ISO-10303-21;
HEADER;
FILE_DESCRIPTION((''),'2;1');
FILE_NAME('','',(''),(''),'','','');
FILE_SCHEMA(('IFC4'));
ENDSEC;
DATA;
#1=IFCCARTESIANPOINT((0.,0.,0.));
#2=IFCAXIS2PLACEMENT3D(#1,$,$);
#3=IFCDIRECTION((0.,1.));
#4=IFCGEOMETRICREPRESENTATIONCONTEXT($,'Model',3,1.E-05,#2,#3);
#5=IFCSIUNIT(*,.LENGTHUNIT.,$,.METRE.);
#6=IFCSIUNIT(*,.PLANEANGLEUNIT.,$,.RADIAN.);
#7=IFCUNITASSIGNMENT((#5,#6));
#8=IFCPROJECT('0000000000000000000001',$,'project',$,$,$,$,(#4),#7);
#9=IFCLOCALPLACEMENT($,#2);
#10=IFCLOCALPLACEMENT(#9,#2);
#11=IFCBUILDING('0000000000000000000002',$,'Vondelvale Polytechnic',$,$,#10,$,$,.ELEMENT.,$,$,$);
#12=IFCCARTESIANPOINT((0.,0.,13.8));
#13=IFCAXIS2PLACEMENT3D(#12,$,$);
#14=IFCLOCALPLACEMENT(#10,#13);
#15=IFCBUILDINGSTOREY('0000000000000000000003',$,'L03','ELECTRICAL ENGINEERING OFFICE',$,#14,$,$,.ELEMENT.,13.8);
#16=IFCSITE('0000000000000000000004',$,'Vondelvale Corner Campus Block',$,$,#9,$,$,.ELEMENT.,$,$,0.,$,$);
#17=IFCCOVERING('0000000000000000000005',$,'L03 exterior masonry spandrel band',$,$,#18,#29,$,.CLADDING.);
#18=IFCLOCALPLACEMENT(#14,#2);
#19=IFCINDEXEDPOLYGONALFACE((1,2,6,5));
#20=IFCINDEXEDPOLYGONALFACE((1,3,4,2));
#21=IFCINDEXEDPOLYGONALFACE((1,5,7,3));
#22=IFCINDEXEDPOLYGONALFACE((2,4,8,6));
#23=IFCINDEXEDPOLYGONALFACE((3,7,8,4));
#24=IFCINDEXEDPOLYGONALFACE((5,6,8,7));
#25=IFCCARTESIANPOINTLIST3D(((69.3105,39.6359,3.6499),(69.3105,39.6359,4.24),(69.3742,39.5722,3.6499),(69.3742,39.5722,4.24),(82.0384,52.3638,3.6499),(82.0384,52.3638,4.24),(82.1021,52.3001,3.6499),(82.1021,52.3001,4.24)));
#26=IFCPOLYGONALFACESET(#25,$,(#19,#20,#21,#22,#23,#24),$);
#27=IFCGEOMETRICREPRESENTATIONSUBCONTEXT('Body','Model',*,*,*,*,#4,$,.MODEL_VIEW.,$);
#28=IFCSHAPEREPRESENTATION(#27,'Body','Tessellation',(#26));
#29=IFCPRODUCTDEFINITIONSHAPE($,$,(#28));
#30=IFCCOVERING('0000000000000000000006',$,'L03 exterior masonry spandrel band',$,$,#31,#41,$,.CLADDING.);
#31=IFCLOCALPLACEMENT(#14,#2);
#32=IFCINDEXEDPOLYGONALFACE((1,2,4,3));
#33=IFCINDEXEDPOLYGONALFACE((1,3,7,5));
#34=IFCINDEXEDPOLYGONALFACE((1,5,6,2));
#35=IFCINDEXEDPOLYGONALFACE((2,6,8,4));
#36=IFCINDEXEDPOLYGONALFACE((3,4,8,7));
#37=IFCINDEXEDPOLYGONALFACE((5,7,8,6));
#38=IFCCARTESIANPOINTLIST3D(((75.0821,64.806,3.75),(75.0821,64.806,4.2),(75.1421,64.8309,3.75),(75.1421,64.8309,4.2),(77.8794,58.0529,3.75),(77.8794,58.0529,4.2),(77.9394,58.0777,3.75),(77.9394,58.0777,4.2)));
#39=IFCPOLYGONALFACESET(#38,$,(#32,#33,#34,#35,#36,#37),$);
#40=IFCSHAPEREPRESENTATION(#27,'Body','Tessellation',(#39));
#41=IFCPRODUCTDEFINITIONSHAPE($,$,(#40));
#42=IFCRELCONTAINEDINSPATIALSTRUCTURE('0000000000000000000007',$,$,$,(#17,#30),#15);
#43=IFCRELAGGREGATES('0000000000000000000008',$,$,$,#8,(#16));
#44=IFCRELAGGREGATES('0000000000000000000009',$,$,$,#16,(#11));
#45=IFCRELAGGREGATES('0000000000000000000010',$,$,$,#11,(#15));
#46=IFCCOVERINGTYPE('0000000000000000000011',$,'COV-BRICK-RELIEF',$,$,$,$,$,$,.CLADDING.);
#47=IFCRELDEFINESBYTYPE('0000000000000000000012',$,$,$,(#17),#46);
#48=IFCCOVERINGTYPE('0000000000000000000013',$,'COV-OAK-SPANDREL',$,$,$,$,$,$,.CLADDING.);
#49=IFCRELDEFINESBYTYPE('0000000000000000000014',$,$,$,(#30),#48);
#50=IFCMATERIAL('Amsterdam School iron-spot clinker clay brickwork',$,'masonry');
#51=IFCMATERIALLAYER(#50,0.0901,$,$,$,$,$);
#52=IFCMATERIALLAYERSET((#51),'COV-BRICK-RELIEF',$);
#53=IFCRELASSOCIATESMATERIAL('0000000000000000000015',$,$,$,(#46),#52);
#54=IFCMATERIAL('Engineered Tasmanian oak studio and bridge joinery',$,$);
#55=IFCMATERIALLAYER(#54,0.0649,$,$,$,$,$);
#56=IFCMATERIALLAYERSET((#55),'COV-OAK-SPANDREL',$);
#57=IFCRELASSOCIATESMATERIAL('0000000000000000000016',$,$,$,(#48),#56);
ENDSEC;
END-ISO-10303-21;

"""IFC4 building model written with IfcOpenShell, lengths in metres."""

from ifc_helpers import new_model, si_unit, direction, frame, origin, origin_2d, place, context, subcontext, project, spatial, rectangle, extrude, material, layer, layer_set, type_object, element, save


model = new_model("IFC4")

# Units and contexts
model_context = context("Model", 3, precision=1e-05, world=origin(), true_north=direction((0.0, 1.0)))
body_context = subcontext(model_context, "Body", "Model", "MODEL_VIEW")
ifc_project = project(units=[si_unit("LENGTHUNIT", "METRE"), si_unit("PLANEANGLEUNIT", "RADIAN")], contexts=[model_context])

# Site, building, storey
site_placement = place(None, origin())
site = spatial("IfcSite", under=ifc_project, at=site_placement, Name="Vondelvale Corner Campus Block", CompositionType="ELEMENT", RefElevation=0.0)
building_placement = place(site_placement, origin())
building = spatial("IfcBuilding", under=site, at=building_placement, Name="Vondelvale Polytechnic", CompositionType="ELEMENT")
storey_placement = place(building_placement, frame((0.0, 0.0, 13.8)))
storey = spatial("IfcBuildingStorey", under=building, at=storey_placement, Name="L03", Description="ELECTRICAL ENGINEERING OFFICE", CompositionType="ELEMENT", Elevation=13.8)

# Shared definitions
ifc_material_1 = material(Name="Engineered Tasmanian oak studio and bridge joinery")

# Shared definitions
ifc_material_2 = material(Name="Amsterdam School iron-spot clinker clay brickwork", Category="masonry")

# Coverings
ifc_layer_1 = layer(ifc_material_2, 0.0901)
ifc_layer_set_1 = layer_set([ifc_layer_1], Name="COV-BRICK-RELIEF")
covering_type_1 = type_object("IfcCoveringType", Name="COV-BRICK-RELIEF", PredefinedType="CLADDING", material=ifc_layer_set_1)
covering_1_placement = place(storey_placement, frame((75.7063, 45.968, 3.6499), z_axis=(0.0, 0.0, 1.0), x_axis=(-0.707107, -0.707107, 0.0)))
element("IfcCovering", 1, at=covering_1_placement, inside=storey, type_object=covering_type_1, Name="L03 exterior masonry spandrel band", PredefinedType="CLADDING", context=body_context, shape_type="SweptSolid", body=[
    extrude(rectangle(XDim=18.0, YDim=0.0901, at=origin_2d()), origin(), (0.0, 0.0, 1.0), 0.5901),
])
ifc_layer_2 = layer(ifc_material_1, 0.0649)
ifc_layer_set_2 = layer_set([ifc_layer_2], Name="COV-OAK-SPANDREL")
covering_type_2 = type_object("IfcCoveringType", Name="COV-OAK-SPANDREL", PredefinedType="CLADDING", material=ifc_layer_set_2)
covering_2_placement = place(storey_placement, frame((76.5107, 61.4419, 3.75), z_axis=(0.0, 0.0, 1.0), x_axis=(0.382683, -0.92388, 0.0)))
element("IfcCovering", 2, at=covering_2_placement, inside=storey, type_object=covering_type_2, Name="L03 exterior masonry spandrel band", PredefinedType="CLADDING", context=body_context, shape_type="SweptSolid", body=[
    extrude(rectangle(XDim=7.3096, YDim=0.0649, at=origin_2d()), origin(), (0.0, 0.0, 1.0), 0.45),
])

save(model, "model.ifc")
